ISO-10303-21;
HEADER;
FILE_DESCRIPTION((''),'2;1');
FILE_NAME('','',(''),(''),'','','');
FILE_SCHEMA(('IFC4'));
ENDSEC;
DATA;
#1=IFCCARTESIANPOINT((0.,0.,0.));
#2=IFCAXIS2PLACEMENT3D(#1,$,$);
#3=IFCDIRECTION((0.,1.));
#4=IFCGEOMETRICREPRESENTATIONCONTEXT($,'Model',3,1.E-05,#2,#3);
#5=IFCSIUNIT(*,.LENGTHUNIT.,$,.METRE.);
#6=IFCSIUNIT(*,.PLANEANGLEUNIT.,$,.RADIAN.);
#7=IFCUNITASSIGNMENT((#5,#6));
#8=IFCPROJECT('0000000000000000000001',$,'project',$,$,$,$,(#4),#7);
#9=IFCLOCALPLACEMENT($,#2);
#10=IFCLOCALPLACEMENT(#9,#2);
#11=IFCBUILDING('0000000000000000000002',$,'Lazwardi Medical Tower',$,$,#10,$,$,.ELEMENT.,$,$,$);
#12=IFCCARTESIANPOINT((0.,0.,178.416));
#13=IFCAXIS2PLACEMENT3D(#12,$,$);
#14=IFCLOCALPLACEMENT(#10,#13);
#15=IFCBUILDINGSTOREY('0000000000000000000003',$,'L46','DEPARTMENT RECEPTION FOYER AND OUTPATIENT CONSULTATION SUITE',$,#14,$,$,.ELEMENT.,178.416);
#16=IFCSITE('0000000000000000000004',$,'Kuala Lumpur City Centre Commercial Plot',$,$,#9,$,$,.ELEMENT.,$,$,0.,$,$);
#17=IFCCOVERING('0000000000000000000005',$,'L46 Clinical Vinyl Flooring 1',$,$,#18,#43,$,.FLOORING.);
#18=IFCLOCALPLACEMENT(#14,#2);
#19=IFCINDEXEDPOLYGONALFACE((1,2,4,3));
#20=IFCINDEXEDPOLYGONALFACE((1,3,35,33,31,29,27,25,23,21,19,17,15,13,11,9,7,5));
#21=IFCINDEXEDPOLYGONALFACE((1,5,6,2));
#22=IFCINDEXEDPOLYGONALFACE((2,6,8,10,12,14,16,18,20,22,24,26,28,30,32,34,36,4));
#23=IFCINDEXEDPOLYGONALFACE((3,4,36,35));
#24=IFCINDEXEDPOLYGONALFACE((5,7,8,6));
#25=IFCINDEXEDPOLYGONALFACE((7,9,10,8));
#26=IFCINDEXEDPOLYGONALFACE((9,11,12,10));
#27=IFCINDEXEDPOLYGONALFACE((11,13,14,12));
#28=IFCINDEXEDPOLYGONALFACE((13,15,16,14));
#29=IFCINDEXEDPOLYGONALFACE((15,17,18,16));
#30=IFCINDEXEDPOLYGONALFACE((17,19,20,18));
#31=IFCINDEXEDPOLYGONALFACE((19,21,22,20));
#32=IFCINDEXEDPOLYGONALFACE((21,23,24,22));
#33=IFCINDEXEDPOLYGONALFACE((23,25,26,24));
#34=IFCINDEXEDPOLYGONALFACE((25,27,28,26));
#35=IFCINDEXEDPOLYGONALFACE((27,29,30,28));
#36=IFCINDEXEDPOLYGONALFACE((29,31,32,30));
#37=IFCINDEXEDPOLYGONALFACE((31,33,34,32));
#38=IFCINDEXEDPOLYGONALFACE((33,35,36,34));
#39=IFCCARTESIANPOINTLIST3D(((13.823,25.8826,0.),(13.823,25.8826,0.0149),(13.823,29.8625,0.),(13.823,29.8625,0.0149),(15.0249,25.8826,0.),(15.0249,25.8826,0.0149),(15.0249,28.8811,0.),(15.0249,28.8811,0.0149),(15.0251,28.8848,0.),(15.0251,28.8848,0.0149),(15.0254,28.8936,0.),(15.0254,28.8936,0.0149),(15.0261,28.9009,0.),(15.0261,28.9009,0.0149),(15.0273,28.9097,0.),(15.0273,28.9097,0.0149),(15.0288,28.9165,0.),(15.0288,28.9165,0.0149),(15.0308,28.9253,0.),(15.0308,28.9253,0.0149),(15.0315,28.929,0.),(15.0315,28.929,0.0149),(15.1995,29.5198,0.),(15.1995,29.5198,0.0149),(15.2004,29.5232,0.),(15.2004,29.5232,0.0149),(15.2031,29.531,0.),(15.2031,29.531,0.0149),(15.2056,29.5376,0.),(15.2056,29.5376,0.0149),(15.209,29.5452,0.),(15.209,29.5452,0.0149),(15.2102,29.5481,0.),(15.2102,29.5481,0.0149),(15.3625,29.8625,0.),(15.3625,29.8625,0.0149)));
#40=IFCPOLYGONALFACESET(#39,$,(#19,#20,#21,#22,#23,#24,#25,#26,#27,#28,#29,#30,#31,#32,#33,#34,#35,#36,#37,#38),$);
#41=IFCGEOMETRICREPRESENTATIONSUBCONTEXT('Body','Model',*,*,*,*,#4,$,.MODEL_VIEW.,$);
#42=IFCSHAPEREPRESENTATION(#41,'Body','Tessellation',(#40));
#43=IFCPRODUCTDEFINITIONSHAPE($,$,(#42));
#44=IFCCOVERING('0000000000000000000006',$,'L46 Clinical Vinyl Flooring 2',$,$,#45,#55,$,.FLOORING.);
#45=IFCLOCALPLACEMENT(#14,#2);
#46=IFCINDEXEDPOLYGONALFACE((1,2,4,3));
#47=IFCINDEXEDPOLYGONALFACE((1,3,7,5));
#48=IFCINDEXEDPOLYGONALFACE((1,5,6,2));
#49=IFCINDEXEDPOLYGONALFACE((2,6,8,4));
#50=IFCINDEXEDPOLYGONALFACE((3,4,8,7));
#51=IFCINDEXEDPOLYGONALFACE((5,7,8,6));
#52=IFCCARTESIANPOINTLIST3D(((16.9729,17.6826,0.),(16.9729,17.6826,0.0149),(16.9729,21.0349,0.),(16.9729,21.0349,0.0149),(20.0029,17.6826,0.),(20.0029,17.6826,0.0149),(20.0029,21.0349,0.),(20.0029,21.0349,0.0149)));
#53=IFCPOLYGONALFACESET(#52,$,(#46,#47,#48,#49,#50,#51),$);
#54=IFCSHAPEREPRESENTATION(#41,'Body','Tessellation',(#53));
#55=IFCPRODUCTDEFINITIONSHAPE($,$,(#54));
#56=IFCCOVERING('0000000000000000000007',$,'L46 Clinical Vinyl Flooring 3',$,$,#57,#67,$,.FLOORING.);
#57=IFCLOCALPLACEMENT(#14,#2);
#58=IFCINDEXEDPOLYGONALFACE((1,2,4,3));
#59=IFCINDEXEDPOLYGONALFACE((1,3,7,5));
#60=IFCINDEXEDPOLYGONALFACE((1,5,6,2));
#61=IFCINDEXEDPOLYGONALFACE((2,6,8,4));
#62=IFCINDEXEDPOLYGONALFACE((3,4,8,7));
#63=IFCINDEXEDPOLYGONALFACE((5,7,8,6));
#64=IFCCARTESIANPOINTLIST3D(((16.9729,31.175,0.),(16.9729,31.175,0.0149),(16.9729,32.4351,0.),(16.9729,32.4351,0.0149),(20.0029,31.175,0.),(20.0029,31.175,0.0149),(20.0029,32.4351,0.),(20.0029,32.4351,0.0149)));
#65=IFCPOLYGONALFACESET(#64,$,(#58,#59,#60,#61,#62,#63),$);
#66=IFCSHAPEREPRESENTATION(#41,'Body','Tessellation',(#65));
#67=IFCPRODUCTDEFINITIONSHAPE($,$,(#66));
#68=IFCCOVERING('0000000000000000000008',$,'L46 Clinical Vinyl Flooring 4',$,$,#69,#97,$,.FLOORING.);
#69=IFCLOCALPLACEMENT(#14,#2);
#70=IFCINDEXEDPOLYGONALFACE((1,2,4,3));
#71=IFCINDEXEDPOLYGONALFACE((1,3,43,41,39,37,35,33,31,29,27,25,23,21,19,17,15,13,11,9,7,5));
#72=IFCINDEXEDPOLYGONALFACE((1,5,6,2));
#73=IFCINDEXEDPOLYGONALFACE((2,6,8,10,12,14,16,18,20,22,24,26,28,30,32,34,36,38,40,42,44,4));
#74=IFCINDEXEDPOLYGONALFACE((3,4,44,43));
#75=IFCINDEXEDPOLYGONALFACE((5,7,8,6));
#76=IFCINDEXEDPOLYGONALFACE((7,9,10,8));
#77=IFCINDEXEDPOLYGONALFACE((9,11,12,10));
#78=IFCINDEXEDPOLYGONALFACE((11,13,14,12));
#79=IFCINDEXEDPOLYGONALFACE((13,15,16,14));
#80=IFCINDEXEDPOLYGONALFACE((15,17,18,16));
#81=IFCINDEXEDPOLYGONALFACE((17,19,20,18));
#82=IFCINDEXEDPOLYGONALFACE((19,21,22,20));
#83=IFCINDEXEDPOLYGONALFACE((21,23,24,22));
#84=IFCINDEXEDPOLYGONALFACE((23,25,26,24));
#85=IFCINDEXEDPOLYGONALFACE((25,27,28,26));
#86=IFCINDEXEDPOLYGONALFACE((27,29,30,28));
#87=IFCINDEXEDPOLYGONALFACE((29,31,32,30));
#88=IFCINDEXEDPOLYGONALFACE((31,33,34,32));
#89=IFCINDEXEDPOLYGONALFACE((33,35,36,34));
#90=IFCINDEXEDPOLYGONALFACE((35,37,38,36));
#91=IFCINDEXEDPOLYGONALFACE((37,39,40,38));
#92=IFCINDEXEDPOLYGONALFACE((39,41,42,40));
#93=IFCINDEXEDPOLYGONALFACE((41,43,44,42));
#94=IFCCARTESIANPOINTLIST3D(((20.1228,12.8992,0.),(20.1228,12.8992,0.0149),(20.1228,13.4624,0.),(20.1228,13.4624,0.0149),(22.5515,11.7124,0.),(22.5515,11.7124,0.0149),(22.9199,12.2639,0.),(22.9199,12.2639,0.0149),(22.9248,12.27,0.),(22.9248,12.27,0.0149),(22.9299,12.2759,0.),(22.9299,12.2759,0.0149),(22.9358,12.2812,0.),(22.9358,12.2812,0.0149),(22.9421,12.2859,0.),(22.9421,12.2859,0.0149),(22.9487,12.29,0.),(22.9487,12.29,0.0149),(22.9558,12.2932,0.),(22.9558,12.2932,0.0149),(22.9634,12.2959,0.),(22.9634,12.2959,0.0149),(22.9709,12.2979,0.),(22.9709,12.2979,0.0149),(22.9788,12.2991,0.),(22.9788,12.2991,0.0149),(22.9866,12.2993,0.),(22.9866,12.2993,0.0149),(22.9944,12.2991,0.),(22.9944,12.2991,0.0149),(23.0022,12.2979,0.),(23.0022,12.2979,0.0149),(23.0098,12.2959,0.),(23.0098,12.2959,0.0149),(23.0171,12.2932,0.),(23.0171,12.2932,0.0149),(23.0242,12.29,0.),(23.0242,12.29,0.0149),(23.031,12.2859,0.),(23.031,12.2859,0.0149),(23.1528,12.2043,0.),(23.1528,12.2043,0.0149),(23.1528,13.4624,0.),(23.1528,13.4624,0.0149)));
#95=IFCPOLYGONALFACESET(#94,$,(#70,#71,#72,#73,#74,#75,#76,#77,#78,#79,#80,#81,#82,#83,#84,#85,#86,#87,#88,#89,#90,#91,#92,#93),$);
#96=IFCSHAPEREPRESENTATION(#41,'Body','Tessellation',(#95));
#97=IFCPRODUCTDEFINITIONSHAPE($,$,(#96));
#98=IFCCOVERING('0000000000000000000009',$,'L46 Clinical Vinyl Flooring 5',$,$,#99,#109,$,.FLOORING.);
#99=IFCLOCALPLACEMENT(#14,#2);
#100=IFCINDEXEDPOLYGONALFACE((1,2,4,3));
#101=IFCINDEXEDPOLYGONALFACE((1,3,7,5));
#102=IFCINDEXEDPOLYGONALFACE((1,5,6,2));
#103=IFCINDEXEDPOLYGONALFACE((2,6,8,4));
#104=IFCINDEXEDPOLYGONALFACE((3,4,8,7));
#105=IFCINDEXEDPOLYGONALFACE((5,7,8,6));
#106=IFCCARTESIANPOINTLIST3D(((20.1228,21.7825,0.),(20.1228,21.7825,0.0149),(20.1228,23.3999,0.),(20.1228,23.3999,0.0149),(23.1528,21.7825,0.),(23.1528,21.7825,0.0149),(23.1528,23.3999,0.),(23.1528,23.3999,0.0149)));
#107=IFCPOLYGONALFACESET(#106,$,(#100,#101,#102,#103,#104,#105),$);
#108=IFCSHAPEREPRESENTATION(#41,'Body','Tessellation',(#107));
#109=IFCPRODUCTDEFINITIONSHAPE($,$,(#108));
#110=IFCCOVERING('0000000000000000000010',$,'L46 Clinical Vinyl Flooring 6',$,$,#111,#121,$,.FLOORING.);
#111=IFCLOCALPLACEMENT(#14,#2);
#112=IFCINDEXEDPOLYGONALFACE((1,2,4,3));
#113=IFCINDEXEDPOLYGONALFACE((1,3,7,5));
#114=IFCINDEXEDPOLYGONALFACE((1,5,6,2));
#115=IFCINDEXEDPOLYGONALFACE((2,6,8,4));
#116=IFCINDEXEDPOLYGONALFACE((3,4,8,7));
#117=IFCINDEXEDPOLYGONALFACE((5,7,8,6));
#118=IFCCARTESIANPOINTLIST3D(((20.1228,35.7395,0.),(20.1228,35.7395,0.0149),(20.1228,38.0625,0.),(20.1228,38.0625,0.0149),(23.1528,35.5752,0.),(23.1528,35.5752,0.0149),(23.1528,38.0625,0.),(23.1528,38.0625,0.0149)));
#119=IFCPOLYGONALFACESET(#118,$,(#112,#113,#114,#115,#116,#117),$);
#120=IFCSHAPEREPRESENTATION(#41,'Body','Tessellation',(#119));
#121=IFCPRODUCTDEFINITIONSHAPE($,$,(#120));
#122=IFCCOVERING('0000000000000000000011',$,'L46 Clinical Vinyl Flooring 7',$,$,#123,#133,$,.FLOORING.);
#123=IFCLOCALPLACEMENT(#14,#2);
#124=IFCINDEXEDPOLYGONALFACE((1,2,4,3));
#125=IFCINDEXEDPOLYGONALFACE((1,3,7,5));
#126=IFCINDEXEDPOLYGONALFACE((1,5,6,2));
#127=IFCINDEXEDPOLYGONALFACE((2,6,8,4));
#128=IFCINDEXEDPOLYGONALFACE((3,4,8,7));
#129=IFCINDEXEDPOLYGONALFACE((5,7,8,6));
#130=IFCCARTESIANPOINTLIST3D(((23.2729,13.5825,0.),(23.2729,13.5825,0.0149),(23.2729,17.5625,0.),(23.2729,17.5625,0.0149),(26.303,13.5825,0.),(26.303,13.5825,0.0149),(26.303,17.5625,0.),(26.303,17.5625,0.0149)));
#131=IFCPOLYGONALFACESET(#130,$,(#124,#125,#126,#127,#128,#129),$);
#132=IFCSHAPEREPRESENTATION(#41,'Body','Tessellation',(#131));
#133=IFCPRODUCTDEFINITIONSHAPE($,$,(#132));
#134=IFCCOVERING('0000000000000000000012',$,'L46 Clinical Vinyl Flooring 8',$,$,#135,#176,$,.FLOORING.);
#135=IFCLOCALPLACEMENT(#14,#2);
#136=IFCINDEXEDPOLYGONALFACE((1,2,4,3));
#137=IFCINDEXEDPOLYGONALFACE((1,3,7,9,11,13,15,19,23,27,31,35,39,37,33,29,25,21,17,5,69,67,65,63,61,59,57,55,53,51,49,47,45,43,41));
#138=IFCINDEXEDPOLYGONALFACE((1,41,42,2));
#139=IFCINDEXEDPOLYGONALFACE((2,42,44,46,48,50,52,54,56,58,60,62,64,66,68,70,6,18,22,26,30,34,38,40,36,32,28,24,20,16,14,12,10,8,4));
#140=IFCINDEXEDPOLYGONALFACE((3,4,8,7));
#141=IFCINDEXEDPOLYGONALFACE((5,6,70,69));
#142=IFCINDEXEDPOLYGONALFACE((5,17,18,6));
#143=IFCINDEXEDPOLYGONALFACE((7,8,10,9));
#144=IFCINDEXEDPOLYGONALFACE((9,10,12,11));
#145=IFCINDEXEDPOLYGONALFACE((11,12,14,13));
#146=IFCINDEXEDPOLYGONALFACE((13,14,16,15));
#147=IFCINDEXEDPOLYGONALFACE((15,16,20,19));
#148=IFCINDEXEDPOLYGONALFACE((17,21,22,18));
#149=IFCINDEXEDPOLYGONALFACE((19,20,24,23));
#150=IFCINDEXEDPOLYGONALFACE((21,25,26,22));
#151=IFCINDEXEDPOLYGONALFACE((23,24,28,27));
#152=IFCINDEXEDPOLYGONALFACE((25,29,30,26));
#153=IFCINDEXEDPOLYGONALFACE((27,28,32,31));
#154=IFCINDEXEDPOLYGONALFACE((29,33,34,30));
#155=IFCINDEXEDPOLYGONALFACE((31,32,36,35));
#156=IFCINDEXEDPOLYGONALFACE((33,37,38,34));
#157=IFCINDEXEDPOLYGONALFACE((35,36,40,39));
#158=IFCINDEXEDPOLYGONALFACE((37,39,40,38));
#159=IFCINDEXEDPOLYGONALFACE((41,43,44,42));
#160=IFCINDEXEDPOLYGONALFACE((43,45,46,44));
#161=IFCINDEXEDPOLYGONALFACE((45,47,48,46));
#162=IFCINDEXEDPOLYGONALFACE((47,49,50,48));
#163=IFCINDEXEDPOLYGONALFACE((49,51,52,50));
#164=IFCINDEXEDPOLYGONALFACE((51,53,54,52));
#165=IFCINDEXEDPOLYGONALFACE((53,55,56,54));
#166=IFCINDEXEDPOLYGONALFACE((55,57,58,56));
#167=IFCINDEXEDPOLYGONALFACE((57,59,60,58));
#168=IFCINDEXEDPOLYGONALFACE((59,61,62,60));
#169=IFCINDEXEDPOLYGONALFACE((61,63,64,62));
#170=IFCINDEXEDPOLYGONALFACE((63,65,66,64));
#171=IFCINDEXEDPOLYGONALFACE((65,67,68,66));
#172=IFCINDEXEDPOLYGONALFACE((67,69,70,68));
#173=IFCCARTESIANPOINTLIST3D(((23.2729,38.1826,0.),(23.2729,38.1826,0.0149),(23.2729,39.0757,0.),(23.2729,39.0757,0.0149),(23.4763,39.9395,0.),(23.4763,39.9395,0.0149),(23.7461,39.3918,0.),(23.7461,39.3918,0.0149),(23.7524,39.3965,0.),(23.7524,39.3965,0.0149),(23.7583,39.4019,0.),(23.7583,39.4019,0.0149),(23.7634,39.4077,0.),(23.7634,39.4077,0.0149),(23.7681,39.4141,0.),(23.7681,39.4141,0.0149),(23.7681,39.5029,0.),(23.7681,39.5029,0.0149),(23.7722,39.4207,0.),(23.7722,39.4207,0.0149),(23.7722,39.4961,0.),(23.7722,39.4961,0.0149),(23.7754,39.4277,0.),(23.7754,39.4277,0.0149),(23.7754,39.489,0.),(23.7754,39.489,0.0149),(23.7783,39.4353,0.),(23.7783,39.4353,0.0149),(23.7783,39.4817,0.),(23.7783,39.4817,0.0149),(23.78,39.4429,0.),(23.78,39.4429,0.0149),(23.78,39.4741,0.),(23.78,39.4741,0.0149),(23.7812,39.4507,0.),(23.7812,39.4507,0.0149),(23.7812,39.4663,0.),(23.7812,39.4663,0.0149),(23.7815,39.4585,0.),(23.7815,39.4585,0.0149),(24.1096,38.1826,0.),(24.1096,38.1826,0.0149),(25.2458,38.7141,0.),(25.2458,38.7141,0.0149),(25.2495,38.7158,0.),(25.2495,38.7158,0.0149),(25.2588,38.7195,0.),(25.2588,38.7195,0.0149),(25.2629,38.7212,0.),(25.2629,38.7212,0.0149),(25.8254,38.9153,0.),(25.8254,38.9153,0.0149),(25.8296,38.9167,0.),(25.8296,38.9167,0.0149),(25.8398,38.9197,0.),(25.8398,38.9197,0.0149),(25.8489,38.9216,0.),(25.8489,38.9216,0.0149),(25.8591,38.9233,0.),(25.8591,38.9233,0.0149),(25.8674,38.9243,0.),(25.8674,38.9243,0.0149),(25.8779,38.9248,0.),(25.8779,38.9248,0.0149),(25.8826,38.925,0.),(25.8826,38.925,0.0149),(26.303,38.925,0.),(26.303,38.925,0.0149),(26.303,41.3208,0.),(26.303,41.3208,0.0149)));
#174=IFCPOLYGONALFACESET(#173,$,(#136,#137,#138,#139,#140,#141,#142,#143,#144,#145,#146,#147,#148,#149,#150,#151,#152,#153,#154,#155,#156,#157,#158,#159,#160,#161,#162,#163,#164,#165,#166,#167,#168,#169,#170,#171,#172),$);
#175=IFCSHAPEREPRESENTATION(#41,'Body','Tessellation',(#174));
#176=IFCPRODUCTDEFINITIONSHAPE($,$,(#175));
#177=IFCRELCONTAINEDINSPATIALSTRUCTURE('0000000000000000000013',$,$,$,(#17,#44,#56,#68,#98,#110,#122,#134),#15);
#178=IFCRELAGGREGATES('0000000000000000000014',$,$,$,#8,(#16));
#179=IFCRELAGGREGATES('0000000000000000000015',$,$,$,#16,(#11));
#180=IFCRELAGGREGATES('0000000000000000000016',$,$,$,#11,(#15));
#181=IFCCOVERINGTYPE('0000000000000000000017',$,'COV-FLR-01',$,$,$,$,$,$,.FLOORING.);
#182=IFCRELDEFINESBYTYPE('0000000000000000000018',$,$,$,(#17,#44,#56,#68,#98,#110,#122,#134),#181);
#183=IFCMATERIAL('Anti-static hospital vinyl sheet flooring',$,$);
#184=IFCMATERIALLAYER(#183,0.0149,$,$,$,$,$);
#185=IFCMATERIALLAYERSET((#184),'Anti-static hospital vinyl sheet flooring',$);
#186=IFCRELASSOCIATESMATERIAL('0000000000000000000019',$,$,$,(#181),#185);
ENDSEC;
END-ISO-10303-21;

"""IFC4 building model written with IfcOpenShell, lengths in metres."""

from ifc_helpers import new_model, si_unit, direction, frame, origin, place, context, subcontext, project, spatial, polyline, outline, extrude, material, layer, layer_set, type_object, element, save


model = new_model("IFC4")

# Units and contexts
model_context = context("Model", 3, precision=1e-05, world=origin(), true_north=direction((0.0, 1.0)))
body_context = subcontext(model_context, "Body", "Model", "MODEL_VIEW")
ifc_project = project(units=[si_unit("LENGTHUNIT", "METRE"), si_unit("PLANEANGLEUNIT", "RADIAN")], contexts=[model_context])

# Site, building, storey
site_placement = place(None, origin())
site = spatial("IfcSite", under=ifc_project, at=site_placement, Name="Kuala Lumpur City Centre Commercial Plot", CompositionType="ELEMENT", RefElevation=0.0)
building_placement = place(site_placement, origin())
building = spatial("IfcBuilding", under=site, at=building_placement, Name="Lazwardi Medical Tower", CompositionType="ELEMENT")
storey_placement = place(building_placement, frame((0.0, 0.0, 178.416)))
storey = spatial("IfcBuildingStorey", under=building, at=storey_placement, Name="L46", Description="DEPARTMENT RECEPTION FOYER AND OUTPATIENT CONSULTATION SUITE", CompositionType="ELEMENT", Elevation=178.416)

# Coverings
ifc_material_1 = material(Name="Anti-static hospital vinyl sheet flooring")
ifc_layer_1 = layer(ifc_material_1, 0.0149)
ifc_layer_set_1 = layer_set([ifc_layer_1], Name="Anti-static hospital vinyl sheet flooring")
covering_type_1 = type_object("IfcCoveringType", Name="COV-FLR-01", PredefinedType="FLOORING", material=ifc_layer_set_1)
covering_1_placement = place(storey_placement, origin())
element("IfcCovering", 1, at=covering_1_placement, inside=storey, type_object=covering_type_1, Name="L46 Clinical Vinyl Flooring 1", PredefinedType="FLOORING", context=body_context, shape_type="SweptSolid", body=[
    extrude(outline(polyline([(15.0249, 25.8826), (15.0249, 28.8811), (15.0251, 28.8848), (15.0254, 28.8936), (15.0261, 28.9009), (15.0273, 28.9097), (15.0288, 28.9165), (15.0308, 28.9253), (15.0315, 28.929), (15.1995, 29.5198), (15.2004, 29.5232), (15.2031, 29.531), (15.2056, 29.5376), (15.209, 29.5452), (15.2102, 29.5481), (15.3625, 29.8625), (13.823, 29.8625), (13.823, 25.8826), (15.0249, 25.8826)])), origin(), (0.0, 0.0, 1.0), 0.0149),
])
covering_2_placement = place(storey_placement, origin())
element("IfcCovering", 2, at=covering_2_placement, inside=storey, type_object=covering_type_1, Name="L46 Clinical Vinyl Flooring 2", PredefinedType="FLOORING", context=body_context, shape_type="SweptSolid", body=[
    extrude(outline(polyline([(20.0029, 21.0349), (16.9729, 21.0349), (16.9729, 17.6826), (20.0029, 17.6826), (20.0029, 21.0349)])), origin(), (0.0, 0.0, 1.0), 0.0149),
])
covering_3_placement = place(storey_placement, origin())
element("IfcCovering", 3, at=covering_3_placement, inside=storey, type_object=covering_type_1, Name="L46 Clinical Vinyl Flooring 3", PredefinedType="FLOORING", context=body_context, shape_type="SweptSolid", body=[
    extrude(outline(polyline([(20.0029, 32.4351), (16.9729, 32.4351), (16.9729, 31.175), (20.0029, 31.175), (20.0029, 32.4351)])), origin(), (0.0, 0.0, 1.0), 0.0149),
])
covering_4_placement = place(storey_placement, origin())
element("IfcCovering", 4, at=covering_4_placement, inside=storey, type_object=covering_type_1, Name="L46 Clinical Vinyl Flooring 4", PredefinedType="FLOORING", context=body_context, shape_type="SweptSolid", body=[
    extrude(outline(polyline([(20.1228, 12.8992), (22.5515, 11.7124), (22.9199, 12.2639), (22.9248, 12.27), (22.9299, 12.2759), (22.9358, 12.2812), (22.9421, 12.2859), (22.9487, 12.29), (22.9558, 12.2932), (22.9634, 12.2959), (22.9709, 12.2979), (22.9788, 12.2991), (22.9866, 12.2993), (22.9944, 12.2991), (23.0022, 12.2979), (23.0098, 12.2959), (23.0171, 12.2932), (23.0242, 12.29), (23.031, 12.2859), (23.1528, 12.2043), (23.1528, 13.4624), (20.1228, 13.4624), (20.1228, 12.8992)])), origin(), (0.0, 0.0, 1.0), 0.0149),
])
covering_5_placement = place(storey_placement, origin())
element("IfcCovering", 5, at=covering_5_placement, inside=storey, type_object=covering_type_1, Name="L46 Clinical Vinyl Flooring 5", PredefinedType="FLOORING", context=body_context, shape_type="SweptSolid", body=[
    extrude(outline(polyline([(23.1528, 23.3999), (20.1228, 23.3999), (20.1228, 21.7825), (23.1528, 21.7825), (23.1528, 23.3999)])), origin(), (0.0, 0.0, 1.0), 0.0149),
])
covering_6_placement = place(storey_placement, origin())
element("IfcCovering", 6, at=covering_6_placement, inside=storey, type_object=covering_type_1, Name="L46 Clinical Vinyl Flooring 6", PredefinedType="FLOORING", context=body_context, shape_type="SweptSolid", body=[
    extrude(outline(polyline([(20.1228, 35.7395), (23.1528, 35.5752), (23.1528, 38.0625), (20.1228, 38.0625), (20.1228, 35.7395)])), origin(), (0.0, 0.0, 1.0), 0.0149),
])
covering_7_placement = place(storey_placement, origin())
element("IfcCovering", 7, at=covering_7_placement, inside=storey, type_object=covering_type_1, Name="L46 Clinical Vinyl Flooring 7", PredefinedType="FLOORING", context=body_context, shape_type="SweptSolid", body=[
    extrude(outline(polyline([(26.303, 13.5825), (26.303, 17.5625), (23.2729, 17.5625), (23.2729, 13.5825), (26.303, 13.5825)])), origin(), (0.0, 0.0, 1.0), 0.0149),
])
covering_8_placement = place(storey_placement, origin())
element("IfcCovering", 8, at=covering_8_placement, inside=storey, type_object=covering_type_1, Name="L46 Clinical Vinyl Flooring 8", PredefinedType="FLOORING", context=body_context, shape_type="SweptSolid", body=[
    extrude(outline(polyline([(26.303, 41.3208), (23.4763, 39.9395), (23.7681, 39.5029), (23.7722, 39.4961), (23.7754, 39.489), (23.7783, 39.4817), (23.78, 39.4741), (23.7812, 39.4663), (23.7815, 39.4585), (23.7812, 39.4507), (23.78, 39.4429), (23.7783, 39.4353), (23.7754, 39.4277), (23.7722, 39.4207), (23.7681, 39.4141), (23.7634, 39.4077), (23.7583, 39.4019), (23.7524, 39.3965), (23.7461, 39.3918), (23.2729, 39.0757), (23.2729, 38.1826), (24.1096, 38.1826), (25.2458, 38.7141), (25.2495, 38.7158), (25.2588, 38.7195), (25.2629, 38.7212), (25.8254, 38.9153), (25.8296, 38.9167), (25.8398, 38.9197), (25.8489, 38.9216), (25.8591, 38.9233), (25.8674, 38.9243), (25.8779, 38.9248), (25.8826, 38.925), (26.303, 38.925), (26.303, 41.3208)])), origin(), (0.0, 0.0, 1.0), 0.0149),
])

save(model, "model.ifc")
